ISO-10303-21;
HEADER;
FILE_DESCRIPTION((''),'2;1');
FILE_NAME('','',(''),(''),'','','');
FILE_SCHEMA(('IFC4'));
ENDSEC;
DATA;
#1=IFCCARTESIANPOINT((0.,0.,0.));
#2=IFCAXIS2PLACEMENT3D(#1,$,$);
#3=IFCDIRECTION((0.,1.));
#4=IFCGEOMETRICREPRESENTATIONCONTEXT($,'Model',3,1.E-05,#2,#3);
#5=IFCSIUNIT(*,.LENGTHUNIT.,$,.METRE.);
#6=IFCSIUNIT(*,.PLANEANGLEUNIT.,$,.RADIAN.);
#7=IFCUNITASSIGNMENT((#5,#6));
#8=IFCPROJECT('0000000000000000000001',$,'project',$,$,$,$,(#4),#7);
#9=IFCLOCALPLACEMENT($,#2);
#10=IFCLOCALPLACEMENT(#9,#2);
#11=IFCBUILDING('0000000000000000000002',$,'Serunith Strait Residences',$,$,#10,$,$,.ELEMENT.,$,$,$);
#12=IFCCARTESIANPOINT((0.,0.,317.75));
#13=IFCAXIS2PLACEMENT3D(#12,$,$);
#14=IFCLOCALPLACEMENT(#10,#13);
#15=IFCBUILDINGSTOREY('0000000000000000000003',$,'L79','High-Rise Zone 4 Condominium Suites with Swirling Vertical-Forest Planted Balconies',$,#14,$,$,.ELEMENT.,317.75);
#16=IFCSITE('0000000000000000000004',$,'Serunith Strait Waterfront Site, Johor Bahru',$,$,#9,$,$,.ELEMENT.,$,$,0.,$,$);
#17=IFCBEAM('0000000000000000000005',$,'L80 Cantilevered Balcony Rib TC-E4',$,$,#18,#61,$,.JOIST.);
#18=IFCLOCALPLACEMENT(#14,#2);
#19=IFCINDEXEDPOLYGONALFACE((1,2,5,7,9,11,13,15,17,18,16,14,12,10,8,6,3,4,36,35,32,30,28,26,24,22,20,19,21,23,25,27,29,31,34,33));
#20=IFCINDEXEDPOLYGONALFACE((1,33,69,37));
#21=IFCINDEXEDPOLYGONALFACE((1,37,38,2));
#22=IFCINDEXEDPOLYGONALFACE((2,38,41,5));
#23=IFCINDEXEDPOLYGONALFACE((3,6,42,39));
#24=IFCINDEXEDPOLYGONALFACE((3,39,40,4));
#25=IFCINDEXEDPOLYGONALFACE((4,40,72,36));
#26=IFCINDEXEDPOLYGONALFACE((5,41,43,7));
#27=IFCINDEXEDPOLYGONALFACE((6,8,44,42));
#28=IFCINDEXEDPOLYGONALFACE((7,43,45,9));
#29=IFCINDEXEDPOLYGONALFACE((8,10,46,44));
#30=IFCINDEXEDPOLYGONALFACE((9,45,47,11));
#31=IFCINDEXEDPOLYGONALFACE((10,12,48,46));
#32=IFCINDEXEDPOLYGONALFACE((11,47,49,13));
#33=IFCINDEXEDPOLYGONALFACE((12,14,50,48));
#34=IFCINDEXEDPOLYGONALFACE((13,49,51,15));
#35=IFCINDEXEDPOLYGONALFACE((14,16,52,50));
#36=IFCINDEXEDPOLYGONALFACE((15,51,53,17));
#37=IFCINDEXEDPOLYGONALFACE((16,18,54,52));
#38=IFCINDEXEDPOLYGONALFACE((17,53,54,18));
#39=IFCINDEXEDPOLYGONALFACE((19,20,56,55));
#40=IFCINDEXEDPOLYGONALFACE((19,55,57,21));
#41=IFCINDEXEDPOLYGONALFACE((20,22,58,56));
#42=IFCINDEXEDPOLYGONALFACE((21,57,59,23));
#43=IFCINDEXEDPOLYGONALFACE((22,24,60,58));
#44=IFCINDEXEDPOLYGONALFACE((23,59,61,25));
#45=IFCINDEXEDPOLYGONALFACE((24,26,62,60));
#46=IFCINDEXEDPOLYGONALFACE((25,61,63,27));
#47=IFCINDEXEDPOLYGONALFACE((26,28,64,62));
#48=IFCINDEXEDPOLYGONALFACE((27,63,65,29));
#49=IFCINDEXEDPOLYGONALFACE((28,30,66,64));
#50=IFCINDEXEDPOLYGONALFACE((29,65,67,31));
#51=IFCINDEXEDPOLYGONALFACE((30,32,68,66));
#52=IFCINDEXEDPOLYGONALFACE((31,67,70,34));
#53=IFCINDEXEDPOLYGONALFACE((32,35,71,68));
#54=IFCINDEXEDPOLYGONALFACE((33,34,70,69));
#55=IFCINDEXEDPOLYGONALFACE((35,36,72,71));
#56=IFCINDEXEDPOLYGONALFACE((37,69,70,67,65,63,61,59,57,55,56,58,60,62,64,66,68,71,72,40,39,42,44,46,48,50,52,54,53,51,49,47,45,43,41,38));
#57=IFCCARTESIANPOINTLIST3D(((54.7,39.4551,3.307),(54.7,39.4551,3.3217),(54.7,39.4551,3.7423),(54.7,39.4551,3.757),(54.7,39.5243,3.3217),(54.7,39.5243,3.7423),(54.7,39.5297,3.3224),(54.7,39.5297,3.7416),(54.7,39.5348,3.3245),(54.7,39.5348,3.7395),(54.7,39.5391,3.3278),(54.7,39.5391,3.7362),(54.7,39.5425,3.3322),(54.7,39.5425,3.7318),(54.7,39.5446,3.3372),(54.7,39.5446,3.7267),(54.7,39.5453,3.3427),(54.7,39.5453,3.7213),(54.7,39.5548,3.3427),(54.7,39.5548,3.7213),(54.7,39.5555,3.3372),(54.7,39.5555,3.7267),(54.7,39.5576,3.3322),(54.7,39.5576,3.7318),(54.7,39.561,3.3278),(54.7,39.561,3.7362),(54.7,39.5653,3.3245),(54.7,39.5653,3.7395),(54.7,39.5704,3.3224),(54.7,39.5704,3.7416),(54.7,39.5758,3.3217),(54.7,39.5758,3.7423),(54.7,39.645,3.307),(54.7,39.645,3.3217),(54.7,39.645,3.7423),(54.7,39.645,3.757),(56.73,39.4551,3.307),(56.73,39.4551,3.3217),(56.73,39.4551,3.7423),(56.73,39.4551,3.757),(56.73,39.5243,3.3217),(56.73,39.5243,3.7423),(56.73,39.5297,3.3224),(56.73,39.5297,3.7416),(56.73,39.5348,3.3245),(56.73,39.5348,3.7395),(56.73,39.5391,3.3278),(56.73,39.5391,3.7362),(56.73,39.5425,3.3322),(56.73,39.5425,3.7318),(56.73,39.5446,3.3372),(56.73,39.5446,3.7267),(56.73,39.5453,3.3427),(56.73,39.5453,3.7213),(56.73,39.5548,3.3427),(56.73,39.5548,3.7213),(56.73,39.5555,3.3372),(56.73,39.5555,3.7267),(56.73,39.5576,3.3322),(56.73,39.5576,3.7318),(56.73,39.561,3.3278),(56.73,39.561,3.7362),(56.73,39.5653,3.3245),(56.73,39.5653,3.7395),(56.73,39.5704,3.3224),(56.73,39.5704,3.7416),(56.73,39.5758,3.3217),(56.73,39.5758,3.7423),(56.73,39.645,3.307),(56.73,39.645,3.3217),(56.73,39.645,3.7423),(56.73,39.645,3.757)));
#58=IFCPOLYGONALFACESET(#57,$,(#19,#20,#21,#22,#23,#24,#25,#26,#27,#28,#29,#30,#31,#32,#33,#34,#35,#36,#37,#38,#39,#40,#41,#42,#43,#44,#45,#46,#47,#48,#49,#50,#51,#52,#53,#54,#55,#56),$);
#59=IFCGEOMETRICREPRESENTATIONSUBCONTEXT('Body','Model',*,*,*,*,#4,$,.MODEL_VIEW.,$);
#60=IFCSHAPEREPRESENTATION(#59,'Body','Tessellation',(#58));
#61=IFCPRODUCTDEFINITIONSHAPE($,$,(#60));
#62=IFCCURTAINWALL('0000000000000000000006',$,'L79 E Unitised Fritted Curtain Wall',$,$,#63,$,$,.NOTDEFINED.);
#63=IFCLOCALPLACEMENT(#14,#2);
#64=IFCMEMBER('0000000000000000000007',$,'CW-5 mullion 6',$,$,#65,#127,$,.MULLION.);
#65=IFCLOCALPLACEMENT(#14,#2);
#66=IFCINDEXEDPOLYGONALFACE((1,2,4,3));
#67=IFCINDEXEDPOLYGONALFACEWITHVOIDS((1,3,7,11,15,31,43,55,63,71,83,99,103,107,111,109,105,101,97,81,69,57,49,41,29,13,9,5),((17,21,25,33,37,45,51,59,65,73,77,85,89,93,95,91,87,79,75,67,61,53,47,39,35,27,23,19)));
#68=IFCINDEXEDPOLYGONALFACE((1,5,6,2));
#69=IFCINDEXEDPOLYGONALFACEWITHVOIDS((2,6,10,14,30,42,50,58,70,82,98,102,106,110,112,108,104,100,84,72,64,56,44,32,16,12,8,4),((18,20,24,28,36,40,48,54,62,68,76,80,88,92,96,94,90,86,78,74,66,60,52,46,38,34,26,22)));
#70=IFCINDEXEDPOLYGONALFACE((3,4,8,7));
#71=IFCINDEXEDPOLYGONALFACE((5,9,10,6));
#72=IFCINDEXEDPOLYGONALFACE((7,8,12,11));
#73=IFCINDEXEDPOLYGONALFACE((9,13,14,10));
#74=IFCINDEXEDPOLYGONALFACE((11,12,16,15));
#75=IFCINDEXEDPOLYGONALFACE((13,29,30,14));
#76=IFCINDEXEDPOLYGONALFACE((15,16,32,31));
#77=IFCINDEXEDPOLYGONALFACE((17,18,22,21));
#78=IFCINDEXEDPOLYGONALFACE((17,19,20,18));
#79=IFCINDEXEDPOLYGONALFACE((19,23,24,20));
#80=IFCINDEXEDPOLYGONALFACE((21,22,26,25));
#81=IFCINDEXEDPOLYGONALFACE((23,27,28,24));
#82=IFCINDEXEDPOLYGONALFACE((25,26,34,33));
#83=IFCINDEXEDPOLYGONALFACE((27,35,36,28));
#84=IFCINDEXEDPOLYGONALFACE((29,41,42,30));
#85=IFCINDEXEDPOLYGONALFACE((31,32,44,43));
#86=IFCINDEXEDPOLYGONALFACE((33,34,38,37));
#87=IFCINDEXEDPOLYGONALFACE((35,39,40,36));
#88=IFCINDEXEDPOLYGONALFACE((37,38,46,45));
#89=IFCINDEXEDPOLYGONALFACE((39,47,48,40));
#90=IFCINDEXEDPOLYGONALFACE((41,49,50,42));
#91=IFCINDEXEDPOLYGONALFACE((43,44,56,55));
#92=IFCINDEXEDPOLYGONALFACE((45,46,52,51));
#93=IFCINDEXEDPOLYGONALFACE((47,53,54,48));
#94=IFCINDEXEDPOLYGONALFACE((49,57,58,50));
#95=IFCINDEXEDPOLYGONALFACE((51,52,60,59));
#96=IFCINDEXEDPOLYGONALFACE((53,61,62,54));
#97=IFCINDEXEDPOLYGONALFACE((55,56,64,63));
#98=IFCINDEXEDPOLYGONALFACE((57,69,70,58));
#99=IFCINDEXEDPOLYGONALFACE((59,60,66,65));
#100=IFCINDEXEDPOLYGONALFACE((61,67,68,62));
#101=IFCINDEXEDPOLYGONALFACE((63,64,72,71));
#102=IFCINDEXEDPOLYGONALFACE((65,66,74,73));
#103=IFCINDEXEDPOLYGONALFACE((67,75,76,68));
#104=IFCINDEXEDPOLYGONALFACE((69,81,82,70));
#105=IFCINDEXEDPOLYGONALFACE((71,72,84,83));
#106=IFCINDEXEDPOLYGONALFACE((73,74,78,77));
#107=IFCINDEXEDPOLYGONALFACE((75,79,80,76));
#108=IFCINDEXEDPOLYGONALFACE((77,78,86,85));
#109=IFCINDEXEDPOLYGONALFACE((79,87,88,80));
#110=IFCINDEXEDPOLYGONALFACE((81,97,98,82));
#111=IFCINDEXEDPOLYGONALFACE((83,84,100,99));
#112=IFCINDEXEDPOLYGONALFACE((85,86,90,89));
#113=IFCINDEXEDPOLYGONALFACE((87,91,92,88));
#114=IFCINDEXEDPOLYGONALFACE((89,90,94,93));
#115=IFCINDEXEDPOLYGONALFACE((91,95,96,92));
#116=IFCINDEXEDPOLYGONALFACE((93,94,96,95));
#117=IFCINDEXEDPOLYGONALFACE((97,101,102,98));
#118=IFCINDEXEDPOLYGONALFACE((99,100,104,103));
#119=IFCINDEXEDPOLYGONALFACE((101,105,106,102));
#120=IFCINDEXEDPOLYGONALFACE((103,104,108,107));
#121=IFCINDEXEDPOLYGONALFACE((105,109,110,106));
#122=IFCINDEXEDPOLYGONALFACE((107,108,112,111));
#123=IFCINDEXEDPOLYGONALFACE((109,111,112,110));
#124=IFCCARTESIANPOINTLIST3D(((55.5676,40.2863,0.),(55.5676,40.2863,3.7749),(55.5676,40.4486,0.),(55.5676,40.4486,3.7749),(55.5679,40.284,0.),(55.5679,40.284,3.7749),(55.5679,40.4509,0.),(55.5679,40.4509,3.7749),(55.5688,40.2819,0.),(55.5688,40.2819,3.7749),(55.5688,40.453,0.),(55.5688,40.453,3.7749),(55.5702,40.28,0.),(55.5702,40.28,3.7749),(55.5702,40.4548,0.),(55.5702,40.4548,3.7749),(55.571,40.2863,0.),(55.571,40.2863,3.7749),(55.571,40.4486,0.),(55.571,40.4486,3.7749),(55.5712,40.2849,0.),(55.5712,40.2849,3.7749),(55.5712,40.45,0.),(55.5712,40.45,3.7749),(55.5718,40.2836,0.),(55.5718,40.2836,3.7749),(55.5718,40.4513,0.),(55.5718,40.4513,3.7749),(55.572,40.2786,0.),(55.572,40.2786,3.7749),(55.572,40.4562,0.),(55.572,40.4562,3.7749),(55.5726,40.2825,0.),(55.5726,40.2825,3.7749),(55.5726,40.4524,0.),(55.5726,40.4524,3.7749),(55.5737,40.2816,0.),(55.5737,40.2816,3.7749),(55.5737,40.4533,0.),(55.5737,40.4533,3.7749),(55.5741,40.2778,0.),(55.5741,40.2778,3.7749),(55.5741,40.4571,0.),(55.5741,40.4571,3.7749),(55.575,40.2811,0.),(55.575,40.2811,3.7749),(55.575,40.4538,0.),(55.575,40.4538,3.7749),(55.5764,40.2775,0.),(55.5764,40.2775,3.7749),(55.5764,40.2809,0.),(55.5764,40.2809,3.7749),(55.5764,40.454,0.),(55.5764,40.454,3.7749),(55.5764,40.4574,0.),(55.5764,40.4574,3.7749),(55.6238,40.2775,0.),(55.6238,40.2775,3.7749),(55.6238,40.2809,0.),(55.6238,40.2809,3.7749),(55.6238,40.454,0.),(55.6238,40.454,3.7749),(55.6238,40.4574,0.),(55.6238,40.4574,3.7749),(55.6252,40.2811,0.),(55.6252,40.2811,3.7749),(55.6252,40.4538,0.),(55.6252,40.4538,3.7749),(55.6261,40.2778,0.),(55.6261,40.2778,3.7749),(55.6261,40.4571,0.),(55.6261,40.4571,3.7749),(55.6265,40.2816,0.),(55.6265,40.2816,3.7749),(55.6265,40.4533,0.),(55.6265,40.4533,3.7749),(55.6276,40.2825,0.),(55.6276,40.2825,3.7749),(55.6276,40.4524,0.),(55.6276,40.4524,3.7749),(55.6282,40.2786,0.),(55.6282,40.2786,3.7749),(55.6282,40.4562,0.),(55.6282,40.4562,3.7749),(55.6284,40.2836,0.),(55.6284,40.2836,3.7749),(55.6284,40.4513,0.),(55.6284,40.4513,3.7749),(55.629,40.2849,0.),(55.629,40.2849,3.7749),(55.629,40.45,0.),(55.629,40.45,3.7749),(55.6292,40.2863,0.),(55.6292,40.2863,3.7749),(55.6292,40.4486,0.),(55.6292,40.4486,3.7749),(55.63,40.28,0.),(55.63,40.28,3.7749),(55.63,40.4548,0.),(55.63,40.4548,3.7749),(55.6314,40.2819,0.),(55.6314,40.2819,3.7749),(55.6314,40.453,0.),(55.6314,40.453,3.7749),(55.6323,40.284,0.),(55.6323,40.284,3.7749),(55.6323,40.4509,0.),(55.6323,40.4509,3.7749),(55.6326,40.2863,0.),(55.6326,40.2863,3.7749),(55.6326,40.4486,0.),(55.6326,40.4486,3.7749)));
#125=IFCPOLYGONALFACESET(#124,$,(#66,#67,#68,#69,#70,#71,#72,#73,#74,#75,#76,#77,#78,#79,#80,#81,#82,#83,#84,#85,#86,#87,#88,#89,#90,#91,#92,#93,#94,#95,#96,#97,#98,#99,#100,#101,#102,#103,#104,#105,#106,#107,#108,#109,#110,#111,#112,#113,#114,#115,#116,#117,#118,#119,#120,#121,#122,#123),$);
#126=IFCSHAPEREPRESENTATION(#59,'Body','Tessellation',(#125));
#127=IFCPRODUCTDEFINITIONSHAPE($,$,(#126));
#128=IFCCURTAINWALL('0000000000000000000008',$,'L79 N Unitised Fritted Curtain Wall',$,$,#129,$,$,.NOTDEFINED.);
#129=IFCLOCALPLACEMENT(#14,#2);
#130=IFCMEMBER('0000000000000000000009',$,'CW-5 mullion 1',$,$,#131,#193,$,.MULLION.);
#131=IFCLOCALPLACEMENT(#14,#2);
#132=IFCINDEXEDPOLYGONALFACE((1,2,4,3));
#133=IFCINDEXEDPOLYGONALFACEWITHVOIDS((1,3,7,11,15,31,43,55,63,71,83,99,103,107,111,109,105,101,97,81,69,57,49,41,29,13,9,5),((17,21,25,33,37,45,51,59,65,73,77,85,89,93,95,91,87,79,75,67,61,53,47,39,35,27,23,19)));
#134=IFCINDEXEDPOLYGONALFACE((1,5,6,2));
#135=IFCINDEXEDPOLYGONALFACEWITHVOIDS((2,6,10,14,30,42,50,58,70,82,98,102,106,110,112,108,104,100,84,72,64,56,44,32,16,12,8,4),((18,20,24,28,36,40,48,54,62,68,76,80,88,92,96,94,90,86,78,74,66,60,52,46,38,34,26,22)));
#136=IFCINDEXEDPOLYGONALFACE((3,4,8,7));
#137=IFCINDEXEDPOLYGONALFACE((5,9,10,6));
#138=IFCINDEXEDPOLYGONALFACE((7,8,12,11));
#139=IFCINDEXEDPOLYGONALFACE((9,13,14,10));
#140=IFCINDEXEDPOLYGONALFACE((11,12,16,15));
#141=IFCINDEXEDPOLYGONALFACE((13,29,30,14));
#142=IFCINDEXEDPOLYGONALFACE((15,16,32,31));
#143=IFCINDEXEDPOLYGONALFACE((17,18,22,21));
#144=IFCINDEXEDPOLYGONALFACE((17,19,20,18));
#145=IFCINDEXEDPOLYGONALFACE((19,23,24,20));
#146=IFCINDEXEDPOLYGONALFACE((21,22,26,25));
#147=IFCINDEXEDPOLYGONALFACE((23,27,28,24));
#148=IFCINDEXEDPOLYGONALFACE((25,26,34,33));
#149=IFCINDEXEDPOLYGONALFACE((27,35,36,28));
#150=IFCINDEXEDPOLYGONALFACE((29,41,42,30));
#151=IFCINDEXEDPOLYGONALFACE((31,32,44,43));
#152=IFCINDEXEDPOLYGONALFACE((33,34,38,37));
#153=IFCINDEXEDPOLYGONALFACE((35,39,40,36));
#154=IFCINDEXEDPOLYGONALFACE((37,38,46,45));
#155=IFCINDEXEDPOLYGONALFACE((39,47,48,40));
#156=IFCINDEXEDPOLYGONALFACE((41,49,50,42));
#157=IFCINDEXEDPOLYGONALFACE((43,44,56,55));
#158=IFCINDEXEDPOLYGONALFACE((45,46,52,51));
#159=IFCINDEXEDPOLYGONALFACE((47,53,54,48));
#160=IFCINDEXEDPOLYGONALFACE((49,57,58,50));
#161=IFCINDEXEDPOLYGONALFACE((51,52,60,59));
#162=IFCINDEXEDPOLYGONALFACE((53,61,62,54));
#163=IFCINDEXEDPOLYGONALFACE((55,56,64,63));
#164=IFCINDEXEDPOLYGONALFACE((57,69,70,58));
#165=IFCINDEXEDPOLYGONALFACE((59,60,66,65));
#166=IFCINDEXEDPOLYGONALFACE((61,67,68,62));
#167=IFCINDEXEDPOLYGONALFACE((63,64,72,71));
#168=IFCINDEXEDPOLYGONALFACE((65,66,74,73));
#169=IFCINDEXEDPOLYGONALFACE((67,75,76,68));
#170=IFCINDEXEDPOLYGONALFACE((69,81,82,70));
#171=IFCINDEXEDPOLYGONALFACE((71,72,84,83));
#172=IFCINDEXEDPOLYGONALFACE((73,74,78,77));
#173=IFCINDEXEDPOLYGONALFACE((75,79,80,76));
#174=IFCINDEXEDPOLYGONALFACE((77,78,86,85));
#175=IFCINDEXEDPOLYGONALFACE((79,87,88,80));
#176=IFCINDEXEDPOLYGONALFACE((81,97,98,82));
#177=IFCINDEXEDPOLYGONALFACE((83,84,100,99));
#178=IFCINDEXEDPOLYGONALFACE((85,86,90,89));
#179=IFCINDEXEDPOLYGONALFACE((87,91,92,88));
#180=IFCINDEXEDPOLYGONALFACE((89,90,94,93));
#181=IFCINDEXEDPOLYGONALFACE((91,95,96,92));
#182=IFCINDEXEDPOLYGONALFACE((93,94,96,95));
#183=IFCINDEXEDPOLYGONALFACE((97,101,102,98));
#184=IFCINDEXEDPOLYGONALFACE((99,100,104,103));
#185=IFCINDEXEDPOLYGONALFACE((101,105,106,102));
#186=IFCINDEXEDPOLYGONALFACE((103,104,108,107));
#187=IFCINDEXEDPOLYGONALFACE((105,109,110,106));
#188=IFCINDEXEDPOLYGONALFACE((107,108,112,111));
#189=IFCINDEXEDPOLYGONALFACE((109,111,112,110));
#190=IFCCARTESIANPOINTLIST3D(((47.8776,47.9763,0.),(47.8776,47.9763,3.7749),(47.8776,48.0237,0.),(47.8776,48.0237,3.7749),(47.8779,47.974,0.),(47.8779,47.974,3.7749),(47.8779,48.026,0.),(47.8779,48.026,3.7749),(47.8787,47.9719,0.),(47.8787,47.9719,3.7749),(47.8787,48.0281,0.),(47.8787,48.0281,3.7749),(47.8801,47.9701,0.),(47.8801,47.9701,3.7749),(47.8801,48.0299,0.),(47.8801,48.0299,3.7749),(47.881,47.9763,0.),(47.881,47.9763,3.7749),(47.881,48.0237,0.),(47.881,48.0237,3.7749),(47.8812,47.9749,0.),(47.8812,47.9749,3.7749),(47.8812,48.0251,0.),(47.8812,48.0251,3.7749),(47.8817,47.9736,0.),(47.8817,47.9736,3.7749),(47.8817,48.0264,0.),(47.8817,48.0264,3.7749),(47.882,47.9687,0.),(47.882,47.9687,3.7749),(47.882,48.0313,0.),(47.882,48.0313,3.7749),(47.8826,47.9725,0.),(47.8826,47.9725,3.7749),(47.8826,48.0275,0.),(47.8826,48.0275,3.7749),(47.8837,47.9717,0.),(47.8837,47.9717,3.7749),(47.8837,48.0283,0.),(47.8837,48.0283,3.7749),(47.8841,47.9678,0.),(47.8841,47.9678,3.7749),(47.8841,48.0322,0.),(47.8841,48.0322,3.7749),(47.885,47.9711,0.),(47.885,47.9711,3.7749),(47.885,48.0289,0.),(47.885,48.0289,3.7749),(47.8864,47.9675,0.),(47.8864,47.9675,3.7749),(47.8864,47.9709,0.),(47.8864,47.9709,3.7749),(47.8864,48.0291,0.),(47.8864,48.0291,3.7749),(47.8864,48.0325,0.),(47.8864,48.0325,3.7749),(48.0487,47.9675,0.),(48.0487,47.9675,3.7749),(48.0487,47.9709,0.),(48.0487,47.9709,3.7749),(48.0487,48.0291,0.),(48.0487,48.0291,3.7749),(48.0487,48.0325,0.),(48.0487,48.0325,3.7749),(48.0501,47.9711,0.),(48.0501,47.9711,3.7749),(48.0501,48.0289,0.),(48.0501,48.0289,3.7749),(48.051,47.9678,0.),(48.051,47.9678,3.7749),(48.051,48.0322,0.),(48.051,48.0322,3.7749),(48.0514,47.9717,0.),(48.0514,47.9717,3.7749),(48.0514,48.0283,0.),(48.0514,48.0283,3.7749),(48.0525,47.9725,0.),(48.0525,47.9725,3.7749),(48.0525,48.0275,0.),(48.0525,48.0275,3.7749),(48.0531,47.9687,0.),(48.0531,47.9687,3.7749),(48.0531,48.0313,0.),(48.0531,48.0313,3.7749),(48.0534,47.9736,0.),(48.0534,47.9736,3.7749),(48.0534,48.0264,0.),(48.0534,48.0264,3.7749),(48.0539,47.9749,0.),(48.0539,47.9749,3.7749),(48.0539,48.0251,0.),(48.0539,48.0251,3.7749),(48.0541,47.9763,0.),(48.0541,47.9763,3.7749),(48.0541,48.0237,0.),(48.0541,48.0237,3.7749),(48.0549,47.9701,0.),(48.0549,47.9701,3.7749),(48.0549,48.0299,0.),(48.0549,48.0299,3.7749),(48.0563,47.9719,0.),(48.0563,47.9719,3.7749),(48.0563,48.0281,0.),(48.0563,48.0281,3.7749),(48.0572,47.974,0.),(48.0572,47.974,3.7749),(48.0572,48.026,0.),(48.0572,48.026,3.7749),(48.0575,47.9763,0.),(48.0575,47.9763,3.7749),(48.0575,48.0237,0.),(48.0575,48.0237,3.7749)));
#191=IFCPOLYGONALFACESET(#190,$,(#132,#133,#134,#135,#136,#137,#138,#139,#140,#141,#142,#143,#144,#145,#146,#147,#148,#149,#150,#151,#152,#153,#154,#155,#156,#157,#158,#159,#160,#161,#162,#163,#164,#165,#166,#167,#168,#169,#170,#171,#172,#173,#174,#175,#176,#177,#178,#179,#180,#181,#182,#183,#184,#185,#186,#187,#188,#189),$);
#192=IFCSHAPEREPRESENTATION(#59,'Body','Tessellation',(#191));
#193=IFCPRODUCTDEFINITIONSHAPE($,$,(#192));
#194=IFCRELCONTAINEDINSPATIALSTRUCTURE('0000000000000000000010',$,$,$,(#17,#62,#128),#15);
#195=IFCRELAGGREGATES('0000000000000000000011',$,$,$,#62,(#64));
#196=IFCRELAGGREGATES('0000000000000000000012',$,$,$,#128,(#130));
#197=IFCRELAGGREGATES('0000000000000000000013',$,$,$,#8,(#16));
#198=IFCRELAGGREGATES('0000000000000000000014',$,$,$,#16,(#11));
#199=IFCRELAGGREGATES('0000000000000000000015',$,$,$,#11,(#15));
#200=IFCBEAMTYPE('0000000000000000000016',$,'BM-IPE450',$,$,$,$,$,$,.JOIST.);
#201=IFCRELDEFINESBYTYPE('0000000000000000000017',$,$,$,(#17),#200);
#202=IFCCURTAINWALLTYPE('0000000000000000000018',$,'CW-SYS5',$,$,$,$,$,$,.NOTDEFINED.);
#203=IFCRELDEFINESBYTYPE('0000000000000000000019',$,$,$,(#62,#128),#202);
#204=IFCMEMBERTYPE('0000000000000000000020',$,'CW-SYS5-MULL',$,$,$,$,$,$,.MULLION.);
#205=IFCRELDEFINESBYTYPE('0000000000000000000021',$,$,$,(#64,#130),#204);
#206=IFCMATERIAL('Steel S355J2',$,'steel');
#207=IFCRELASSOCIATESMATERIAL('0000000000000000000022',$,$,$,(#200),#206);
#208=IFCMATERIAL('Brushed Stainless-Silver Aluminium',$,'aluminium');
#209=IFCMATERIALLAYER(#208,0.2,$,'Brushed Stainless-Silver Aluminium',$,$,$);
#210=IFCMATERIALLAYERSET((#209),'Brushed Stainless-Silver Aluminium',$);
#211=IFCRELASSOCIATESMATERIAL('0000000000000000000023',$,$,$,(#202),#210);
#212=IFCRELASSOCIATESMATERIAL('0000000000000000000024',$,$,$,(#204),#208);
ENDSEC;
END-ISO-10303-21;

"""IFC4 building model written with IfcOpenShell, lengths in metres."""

from ifc_helpers import new_model, si_unit, direction, frame, origin, origin_2d, place, context, subcontext, project, spatial, hollow_rectangle, i_section, extrude, source, transform, mapped, material, layer, layer_set, material_profile, profile_set, type_object, element, aggregate, save


model = new_model("IFC4")

# Units and contexts
model_context = context("Model", 3, precision=1e-05, world=origin(), true_north=direction((0.0, 1.0)))
body_context = subcontext(model_context, "Body", "Model", "MODEL_VIEW")
ifc_project = project(units=[si_unit("LENGTHUNIT", "METRE"), si_unit("PLANEANGLEUNIT", "RADIAN")], contexts=[model_context])

# Site, building, storey
site_placement = place(None, origin())
site = spatial("IfcSite", under=ifc_project, at=site_placement, Name="Serunith Strait Waterfront Site, Johor Bahru", CompositionType="ELEMENT", RefElevation=0.0)
building_placement = place(site_placement, origin())
building = spatial("IfcBuilding", under=site, at=building_placement, Name="Serunith Strait Residences", CompositionType="ELEMENT")
storey_placement = place(building_placement, frame((0.0, 0.0, 317.75)))
storey = spatial("IfcBuildingStorey", under=building, at=storey_placement, Name="L79", Description="High-Rise Zone 4 Condominium Suites with Swirling Vertical-Forest Planted Balconies", CompositionType="ELEMENT", Elevation=317.75)

# Beam
ifc_material_1 = material(Name="Steel S355J2", Category="steel")
ifc_material_profile_1 = material_profile(ifc_material_1, i_section(OverallWidth=0.1899, OverallDepth=0.45, WebThickness=0.0095, FlangeThickness=0.0146, FilletRadius=0.021, at=origin_2d()), Name="IPE 450")
ifc_profile_set_1 = profile_set([ifc_material_profile_1], Name="Steel S355J2")
beam_type_1 = type_object("IfcBeamType", Name="BM-IPE450", PredefinedType="JOIST", material=ifc_profile_set_1)
shared_shape_1 = source(origin(), body_context, "Body", "SweptSolid", [
    extrude(i_section(OverallWidth=0.1899, OverallDepth=0.45, WebThickness=0.0095, FlangeThickness=0.0146, FilletRadius=0.021, at=origin_2d()), origin(), (0.0, 0.0, 1.0), 2.03),
])
beam_1_placement = place(storey_placement, frame((54.7, 39.55, 3.532), z_axis=(1.0, 0.0, 0.0), x_axis=(0.0, 1.0, 0.0)))
element("IfcBeam", 1, at=beam_1_placement, inside=storey, type_object=beam_type_1, Name="L80 Cantilevered Balcony Rib TC-E4", PredefinedType="JOIST", context=body_context, shape_type="MappedRepresentation", body=[
    mapped(shared_shape_1, transform((0.0, 0.0, 0.0), scale=1.0)),
])

# Curtain wall, member
ifc_material_2 = material(Name="Brushed Stainless-Silver Aluminium", Category="aluminium")
ifc_layer_1 = layer(ifc_material_2, 0.2, Name="Brushed Stainless-Silver Aluminium")
ifc_layer_set_1 = layer_set([ifc_layer_1], Name="Brushed Stainless-Silver Aluminium")
curtain_wall_type = type_object("IfcCurtainWallType", Name="CW-SYS5", PredefinedType="NOTDEFINED", material=ifc_layer_set_1)
curtain_wall_1_placement = place(storey_placement, origin())
curtain_wall_1 = element("IfcCurtainWall", 2, at=curtain_wall_1_placement, inside=storey, type_object=curtain_wall_type, Name="L79 E Unitised Fritted Curtain Wall", PredefinedType="NOTDEFINED")
ifc_material_profile_2 = material_profile(ifc_material_2, hollow_rectangle(XDim=0.0649, YDim=0.1799, WallThickness=0.0034, InnerFilletRadius=0.0054, OuterFilletRadius=0.0088, at=origin_2d()), Name="ALU 180x65x3.5")
ifc_profile_set_2 = profile_set([ifc_material_profile_2], Name="Brushed Stainless-Silver Aluminium")
member_type_1 = type_object("IfcMemberType", Name="CW-SYS5-MULL", PredefinedType="MULLION", material=ifc_profile_set_2)
shared_shape_2 = source(origin(), body_context, "Body", "SweptSolid", [
    extrude(hollow_rectangle(XDim=0.0649, YDim=0.1799, WallThickness=0.0034, InnerFilletRadius=0.0054, OuterFilletRadius=0.0088, at=origin_2d()), origin(), (0.0, 0.0, 1.0), 3.7749),
])
member_1_placement = place(storey_placement, frame((55.6001, 40.3674, 0.0), z_axis=(0.0, 0.0, 1.0), x_axis=(-1.0, 0.0, 0.0)))
member_1 = element("IfcMember", 3, at=member_1_placement, type_object=member_type_1, Name="CW-5 mullion 6", PredefinedType="MULLION", context=body_context, shape_type="MappedRepresentation", body=[
    mapped(shared_shape_2, transform((0.0, 0.0, 0.0), scale=1.0)),
])

# Curtain wall, member
curtain_wall_2_placement = place(storey_placement, origin())
curtain_wall_2 = element("IfcCurtainWall", 4, at=curtain_wall_2_placement, inside=storey, type_object=curtain_wall_type, Name="L79 N Unitised Fritted Curtain Wall", PredefinedType="NOTDEFINED")
member_2_placement = place(storey_placement, frame((47.9675, 48.0, 0.0), z_axis=(0.0, 0.0, 1.0), x_axis=(0.0, -1.0, 0.0)))
member_2 = element("IfcMember", 5, at=member_2_placement, type_object=member_type_1, Name="CW-5 mullion 1", PredefinedType="MULLION", context=body_context, shape_type="MappedRepresentation", body=[
    mapped(shared_shape_2, transform((0.0, 0.0, 0.0), scale=1.0)),
])

aggregate(curtain_wall_1, [member_1])
aggregate(curtain_wall_2, [member_2])

save(model, "model.ifc")
